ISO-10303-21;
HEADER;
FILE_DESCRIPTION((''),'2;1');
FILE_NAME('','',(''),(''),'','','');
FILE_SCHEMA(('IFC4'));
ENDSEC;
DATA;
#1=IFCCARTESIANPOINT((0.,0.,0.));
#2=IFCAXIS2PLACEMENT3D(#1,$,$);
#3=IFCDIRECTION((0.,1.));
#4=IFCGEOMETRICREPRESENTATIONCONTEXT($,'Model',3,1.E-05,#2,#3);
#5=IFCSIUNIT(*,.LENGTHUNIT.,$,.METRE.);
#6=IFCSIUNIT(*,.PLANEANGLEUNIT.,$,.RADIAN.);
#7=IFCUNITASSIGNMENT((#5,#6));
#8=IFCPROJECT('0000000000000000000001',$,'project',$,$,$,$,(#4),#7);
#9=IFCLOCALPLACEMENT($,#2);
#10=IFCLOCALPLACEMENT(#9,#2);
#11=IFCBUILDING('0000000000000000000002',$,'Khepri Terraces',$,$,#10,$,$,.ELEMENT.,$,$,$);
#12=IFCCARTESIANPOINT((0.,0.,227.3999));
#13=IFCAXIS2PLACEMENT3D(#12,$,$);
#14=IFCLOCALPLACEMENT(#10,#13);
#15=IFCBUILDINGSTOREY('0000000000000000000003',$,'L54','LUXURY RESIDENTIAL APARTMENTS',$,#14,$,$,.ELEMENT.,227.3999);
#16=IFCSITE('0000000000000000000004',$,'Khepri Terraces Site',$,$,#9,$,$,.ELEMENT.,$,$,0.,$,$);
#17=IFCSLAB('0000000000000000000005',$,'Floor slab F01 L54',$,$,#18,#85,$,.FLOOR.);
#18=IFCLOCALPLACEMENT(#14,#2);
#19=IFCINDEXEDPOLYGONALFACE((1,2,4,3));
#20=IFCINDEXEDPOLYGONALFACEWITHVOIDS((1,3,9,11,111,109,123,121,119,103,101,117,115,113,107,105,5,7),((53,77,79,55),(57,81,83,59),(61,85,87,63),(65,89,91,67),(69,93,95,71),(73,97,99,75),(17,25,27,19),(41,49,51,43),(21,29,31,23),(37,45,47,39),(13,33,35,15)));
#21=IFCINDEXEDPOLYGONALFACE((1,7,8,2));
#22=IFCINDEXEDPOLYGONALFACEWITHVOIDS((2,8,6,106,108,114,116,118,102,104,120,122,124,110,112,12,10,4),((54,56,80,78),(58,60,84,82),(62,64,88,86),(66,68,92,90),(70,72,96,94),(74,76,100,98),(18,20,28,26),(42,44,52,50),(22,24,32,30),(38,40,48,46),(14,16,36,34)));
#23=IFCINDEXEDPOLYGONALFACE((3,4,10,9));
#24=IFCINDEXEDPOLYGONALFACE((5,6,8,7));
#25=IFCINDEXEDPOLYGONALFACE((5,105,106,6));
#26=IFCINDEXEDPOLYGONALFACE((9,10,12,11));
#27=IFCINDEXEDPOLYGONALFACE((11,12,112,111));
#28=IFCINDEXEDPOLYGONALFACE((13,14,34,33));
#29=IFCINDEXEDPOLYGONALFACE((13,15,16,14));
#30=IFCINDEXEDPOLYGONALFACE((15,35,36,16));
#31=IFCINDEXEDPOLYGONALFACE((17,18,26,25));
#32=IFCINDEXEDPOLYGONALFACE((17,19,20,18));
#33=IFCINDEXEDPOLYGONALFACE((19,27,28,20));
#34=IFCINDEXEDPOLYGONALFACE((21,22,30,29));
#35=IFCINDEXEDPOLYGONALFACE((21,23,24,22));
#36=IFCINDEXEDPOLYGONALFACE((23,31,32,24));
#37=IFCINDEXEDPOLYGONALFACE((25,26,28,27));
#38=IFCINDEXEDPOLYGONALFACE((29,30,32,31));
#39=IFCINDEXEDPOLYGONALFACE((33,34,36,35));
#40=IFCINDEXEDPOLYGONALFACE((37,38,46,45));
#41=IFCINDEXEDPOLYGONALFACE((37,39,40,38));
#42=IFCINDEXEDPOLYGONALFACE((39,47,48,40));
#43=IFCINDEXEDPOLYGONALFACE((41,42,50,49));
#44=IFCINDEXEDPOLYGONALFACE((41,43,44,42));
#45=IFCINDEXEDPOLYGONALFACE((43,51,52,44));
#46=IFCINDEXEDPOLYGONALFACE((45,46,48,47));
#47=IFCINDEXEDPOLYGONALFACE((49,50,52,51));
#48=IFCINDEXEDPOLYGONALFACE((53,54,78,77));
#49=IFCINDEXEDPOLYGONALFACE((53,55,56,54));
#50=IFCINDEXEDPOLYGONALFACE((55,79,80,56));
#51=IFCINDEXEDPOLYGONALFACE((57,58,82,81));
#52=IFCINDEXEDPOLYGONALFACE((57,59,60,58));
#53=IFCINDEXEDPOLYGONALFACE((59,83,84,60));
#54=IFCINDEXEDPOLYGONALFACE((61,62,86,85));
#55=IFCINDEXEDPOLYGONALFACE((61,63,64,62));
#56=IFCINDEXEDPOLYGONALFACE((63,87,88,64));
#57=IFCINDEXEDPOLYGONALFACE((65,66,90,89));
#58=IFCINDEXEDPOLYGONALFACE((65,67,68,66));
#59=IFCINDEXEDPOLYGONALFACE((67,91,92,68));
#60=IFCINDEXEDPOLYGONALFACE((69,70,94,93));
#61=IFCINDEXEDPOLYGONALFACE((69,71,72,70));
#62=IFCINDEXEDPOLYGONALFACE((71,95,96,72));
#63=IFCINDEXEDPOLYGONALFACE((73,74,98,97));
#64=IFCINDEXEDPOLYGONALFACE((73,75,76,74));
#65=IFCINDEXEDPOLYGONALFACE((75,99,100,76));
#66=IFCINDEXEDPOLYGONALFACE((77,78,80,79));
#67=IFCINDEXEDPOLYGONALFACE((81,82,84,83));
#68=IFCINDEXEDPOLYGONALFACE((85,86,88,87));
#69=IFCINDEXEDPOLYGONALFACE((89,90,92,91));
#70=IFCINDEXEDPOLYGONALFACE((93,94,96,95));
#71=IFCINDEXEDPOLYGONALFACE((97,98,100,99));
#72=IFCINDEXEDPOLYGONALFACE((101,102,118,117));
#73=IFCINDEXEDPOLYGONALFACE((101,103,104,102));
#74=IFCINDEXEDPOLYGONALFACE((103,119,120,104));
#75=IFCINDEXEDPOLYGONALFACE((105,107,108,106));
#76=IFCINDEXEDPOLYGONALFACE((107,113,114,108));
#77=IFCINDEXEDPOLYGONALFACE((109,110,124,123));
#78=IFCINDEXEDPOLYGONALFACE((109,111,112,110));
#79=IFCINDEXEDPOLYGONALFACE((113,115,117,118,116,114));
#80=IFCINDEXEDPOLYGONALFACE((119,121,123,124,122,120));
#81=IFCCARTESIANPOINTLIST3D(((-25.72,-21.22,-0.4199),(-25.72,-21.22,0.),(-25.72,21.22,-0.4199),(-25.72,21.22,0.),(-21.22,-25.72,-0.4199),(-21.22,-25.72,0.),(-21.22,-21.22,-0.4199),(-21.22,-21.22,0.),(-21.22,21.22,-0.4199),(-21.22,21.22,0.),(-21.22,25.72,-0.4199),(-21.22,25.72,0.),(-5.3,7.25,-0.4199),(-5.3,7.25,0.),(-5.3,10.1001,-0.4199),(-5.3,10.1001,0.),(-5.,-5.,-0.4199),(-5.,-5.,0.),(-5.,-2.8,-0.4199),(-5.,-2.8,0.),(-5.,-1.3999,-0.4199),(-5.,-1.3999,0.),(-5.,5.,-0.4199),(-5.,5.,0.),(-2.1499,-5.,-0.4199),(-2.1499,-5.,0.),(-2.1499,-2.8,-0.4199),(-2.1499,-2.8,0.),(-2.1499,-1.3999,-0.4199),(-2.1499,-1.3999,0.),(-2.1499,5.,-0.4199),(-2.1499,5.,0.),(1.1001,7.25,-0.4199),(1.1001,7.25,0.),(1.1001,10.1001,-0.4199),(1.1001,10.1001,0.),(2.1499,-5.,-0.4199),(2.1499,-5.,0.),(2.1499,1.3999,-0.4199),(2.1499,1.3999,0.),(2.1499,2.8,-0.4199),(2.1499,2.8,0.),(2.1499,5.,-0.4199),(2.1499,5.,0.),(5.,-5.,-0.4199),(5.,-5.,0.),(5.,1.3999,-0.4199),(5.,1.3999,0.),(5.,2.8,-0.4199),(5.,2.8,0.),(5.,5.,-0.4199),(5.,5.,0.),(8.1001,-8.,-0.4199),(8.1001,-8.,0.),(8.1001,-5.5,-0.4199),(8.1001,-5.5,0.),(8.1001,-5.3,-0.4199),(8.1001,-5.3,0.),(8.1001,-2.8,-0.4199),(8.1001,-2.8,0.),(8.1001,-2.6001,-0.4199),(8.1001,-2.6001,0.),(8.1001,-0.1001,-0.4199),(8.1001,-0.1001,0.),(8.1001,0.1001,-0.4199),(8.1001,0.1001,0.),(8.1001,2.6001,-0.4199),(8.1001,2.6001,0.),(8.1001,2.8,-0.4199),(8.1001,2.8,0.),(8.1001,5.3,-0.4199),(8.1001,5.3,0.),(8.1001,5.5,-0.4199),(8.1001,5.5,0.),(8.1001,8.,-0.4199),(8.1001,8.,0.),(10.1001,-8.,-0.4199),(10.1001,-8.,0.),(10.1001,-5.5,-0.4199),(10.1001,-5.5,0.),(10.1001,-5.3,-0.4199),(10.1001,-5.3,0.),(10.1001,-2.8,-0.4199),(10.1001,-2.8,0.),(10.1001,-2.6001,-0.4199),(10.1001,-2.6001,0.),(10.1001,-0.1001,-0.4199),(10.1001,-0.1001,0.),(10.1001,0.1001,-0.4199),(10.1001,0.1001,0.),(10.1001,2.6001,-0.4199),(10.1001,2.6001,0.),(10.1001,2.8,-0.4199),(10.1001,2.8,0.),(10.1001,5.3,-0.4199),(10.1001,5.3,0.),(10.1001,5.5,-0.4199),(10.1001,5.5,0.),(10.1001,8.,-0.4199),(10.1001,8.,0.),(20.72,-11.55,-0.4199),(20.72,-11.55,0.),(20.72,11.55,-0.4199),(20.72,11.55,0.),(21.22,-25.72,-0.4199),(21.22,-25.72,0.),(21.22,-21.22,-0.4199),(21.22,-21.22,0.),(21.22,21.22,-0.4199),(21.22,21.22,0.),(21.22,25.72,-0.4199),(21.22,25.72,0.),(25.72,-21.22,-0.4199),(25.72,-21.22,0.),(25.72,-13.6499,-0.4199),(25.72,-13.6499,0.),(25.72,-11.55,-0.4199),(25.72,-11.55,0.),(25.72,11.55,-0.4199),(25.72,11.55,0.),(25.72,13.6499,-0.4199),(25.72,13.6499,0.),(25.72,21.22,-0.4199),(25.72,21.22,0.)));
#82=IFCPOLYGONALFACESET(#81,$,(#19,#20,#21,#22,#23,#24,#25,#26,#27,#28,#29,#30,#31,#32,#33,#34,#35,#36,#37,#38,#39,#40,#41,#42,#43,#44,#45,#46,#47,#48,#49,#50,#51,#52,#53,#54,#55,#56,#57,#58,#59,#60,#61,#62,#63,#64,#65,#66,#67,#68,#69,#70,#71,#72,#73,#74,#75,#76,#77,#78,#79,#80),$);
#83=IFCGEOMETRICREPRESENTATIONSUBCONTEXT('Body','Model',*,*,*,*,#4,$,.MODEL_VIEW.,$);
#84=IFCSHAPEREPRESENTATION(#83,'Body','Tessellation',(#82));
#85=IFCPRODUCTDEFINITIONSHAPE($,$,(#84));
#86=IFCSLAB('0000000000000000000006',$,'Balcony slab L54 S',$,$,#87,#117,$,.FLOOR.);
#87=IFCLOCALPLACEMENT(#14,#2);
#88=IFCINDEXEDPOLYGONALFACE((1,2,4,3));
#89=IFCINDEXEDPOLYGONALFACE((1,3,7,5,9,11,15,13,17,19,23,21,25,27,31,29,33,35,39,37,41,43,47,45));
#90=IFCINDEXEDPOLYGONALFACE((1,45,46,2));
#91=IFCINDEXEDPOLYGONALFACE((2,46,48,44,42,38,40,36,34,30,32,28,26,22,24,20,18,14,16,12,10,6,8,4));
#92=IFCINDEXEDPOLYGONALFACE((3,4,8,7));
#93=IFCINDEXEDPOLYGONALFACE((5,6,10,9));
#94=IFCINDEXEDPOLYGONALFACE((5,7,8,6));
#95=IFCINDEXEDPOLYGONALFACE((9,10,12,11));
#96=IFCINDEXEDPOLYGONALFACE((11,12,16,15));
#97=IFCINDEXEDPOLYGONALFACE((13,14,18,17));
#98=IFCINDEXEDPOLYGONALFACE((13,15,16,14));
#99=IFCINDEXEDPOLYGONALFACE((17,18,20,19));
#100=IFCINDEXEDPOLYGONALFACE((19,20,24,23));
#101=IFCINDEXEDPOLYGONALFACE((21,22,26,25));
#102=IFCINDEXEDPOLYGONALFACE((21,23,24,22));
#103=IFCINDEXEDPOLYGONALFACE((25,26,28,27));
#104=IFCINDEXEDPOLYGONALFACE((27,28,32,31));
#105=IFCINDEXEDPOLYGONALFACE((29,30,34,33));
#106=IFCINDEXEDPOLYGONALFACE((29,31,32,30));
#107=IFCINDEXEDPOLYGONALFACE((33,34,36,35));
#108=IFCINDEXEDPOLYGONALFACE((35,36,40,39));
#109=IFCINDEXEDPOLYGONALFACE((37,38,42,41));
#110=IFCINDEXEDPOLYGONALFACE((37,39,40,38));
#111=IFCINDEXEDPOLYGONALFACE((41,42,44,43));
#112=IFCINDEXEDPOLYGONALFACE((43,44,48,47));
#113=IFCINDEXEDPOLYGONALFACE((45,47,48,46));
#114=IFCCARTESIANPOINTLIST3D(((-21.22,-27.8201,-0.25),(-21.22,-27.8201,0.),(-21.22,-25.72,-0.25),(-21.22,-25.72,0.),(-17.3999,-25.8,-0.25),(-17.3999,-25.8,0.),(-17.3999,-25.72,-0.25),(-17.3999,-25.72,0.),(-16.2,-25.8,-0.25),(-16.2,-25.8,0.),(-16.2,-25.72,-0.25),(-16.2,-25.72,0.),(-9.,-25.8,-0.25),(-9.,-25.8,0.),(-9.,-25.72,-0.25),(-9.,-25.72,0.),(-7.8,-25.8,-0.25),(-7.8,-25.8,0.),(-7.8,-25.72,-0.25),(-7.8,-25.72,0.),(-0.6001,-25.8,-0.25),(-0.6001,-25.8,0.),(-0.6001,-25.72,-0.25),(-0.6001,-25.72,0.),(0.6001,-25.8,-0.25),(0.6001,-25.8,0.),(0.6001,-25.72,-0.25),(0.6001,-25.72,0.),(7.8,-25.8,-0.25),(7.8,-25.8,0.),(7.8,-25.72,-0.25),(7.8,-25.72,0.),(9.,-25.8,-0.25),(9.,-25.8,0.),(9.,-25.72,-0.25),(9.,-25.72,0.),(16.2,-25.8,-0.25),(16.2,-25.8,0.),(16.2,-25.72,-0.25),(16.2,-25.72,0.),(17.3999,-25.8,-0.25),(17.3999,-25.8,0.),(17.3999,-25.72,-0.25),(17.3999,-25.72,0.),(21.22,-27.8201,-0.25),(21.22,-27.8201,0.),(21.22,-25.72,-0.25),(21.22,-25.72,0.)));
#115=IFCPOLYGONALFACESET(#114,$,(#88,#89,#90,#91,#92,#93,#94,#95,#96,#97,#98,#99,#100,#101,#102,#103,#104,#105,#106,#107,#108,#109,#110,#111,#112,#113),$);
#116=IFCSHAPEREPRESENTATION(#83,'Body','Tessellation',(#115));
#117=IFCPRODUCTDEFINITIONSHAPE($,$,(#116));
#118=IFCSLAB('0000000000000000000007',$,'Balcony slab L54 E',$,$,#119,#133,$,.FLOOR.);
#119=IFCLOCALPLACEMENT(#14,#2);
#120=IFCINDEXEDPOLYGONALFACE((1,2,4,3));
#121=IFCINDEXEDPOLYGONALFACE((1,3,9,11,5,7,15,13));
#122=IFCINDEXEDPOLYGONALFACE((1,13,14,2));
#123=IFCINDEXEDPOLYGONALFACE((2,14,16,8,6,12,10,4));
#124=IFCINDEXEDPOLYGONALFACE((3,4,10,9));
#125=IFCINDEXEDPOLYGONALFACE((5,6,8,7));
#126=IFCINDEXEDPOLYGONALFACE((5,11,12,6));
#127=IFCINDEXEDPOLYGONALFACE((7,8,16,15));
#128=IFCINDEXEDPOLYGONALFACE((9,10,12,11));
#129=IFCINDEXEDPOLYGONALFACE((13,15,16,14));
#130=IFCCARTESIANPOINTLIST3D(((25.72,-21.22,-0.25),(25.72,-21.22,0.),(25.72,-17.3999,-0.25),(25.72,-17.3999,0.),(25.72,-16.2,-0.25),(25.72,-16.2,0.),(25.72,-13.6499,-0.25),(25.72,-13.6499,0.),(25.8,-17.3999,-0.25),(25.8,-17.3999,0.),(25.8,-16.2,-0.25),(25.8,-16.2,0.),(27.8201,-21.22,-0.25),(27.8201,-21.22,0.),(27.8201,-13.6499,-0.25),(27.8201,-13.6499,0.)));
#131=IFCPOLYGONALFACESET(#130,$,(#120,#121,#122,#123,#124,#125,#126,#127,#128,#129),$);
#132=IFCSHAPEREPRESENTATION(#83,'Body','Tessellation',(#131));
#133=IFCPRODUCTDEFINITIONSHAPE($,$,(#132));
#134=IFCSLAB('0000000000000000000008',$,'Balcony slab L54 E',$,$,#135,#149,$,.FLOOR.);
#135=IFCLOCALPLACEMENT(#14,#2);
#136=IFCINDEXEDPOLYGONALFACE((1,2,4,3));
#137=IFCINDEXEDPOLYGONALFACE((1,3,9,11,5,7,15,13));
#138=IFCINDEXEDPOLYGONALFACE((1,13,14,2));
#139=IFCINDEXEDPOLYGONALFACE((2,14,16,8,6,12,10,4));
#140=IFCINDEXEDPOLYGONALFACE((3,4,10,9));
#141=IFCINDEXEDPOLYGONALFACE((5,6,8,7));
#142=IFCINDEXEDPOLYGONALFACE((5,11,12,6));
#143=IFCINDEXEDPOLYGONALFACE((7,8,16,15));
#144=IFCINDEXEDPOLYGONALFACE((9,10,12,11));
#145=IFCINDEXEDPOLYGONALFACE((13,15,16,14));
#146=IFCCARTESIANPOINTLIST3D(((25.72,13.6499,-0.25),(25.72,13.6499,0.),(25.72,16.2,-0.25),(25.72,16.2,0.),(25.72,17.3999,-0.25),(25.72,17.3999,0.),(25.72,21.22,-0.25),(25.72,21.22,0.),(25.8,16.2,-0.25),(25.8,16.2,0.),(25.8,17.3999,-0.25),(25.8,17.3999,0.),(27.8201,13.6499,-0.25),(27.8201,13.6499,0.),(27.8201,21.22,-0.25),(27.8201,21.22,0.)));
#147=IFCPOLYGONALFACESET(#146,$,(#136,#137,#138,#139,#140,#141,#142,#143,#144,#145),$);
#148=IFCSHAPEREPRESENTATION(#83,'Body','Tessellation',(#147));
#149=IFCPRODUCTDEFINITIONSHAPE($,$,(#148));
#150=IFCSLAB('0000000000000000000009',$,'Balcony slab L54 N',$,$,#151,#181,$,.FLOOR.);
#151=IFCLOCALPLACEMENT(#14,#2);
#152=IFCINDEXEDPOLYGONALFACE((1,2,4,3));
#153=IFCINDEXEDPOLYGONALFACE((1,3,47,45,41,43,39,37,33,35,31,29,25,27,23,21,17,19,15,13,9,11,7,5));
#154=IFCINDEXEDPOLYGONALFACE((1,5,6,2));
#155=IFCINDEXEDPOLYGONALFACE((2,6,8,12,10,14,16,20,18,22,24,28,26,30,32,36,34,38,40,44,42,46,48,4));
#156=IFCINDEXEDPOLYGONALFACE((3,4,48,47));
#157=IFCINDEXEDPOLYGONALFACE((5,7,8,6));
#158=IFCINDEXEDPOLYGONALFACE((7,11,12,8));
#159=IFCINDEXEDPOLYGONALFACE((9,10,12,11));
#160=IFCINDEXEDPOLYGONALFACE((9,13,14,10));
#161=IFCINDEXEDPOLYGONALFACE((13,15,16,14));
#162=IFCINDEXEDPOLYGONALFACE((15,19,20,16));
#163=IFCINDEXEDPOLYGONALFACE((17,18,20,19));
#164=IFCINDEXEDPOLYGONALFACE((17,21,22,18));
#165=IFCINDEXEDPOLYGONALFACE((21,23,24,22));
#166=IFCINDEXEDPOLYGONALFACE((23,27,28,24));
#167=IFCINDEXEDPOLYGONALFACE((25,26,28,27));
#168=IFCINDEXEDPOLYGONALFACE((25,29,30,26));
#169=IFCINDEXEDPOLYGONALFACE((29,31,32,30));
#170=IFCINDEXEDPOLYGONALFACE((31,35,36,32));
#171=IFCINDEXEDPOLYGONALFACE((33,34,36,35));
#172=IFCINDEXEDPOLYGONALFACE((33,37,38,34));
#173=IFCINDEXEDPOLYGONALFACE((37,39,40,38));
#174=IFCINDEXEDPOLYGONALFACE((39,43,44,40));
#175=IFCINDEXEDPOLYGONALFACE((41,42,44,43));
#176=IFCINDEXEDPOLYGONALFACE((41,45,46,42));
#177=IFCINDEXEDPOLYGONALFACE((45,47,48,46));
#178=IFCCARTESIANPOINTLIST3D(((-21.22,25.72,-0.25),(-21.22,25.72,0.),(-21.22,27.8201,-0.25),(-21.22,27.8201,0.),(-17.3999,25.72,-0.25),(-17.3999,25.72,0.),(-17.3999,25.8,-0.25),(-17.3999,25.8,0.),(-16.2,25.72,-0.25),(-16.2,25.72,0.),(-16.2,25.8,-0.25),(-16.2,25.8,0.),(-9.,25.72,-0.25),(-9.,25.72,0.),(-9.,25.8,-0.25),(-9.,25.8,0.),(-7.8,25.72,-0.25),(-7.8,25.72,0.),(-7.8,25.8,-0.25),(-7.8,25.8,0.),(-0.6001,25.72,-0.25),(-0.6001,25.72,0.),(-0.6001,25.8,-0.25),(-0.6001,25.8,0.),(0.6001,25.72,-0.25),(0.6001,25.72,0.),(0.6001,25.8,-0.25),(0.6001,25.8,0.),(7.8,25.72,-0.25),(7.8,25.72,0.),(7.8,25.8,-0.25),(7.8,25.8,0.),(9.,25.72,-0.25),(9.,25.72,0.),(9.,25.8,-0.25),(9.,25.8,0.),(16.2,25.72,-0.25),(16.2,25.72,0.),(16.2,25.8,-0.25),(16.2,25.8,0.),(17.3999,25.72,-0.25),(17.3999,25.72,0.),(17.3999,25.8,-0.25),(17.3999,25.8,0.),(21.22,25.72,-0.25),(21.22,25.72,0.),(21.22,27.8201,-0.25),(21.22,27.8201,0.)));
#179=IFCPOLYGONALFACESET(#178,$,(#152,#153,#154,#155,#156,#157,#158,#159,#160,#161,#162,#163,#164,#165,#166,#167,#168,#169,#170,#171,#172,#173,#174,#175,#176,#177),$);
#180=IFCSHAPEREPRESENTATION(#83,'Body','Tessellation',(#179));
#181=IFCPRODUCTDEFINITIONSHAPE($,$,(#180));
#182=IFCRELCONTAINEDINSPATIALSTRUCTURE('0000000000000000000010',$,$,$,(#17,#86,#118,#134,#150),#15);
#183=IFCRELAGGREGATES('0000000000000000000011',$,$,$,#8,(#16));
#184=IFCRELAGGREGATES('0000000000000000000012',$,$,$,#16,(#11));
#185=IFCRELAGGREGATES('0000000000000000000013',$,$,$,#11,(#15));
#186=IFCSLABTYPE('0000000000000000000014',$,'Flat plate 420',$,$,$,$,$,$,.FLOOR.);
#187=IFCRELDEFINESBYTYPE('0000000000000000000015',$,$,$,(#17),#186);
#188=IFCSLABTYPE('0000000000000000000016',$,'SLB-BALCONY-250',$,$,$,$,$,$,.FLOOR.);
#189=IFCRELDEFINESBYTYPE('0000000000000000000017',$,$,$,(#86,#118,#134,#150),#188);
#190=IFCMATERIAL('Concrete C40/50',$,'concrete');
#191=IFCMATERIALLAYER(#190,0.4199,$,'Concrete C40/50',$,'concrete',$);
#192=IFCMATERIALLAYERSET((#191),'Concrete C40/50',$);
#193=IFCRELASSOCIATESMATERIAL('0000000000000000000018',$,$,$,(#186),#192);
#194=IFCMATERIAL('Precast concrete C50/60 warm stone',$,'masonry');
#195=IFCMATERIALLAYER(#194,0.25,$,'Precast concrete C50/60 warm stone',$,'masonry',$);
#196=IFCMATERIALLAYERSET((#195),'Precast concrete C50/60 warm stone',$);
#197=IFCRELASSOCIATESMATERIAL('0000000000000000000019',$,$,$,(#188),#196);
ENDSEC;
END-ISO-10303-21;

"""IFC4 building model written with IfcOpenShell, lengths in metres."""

from ifc_helpers import new_model, si_unit, direction, frame, origin, place, context, subcontext, project, spatial, polyline, outline, extrude, material, layer, layer_set, type_object, element, save


model = new_model("IFC4")

# Units and contexts
model_context = context("Model", 3, precision=1e-05, world=origin(), true_north=direction((0.0, 1.0)))
body_context = subcontext(model_context, "Body", "Model", "MODEL_VIEW")
ifc_project = project(units=[si_unit("LENGTHUNIT", "METRE"), si_unit("PLANEANGLEUNIT", "RADIAN")], contexts=[model_context])

# Site, building, storey
site_placement = place(None, origin())
site = spatial("IfcSite", under=ifc_project, at=site_placement, Name="Khepri Terraces Site", CompositionType="ELEMENT", RefElevation=0.0)
building_placement = place(site_placement, origin())
building = spatial("IfcBuilding", under=site, at=building_placement, Name="Khepri Terraces", CompositionType="ELEMENT")
storey_placement = place(building_placement, frame((0.0, 0.0, 227.3999)))
storey = spatial("IfcBuildingStorey", under=building, at=storey_placement, Name="L54", Description="LUXURY RESIDENTIAL APARTMENTS", CompositionType="ELEMENT", Elevation=227.3999)

# Slabs
ifc_material_1 = material(Name="Concrete C40/50", Category="concrete")
ifc_layer_1 = layer(ifc_material_1, 0.4199, Name="Concrete C40/50", Category="concrete")
ifc_layer_set_1 = layer_set([ifc_layer_1], Name="Concrete C40/50")
slab_type_1 = type_object("IfcSlabType", Name="Flat plate 420", PredefinedType="FLOOR", material=ifc_layer_set_1)
slab_1_placement = place(storey_placement, frame((0.0, 0.0, -0.4199)))
element("IfcSlab", 1, at=slab_1_placement, inside=storey, type_object=slab_type_1, Name="Floor slab F01 L54", PredefinedType="FLOOR", context=body_context, shape_type="SweptSolid", body=[
    extrude(outline(polyline([(21.22, 25.72), (21.22, 21.22), (25.72, 21.22), (25.72, 13.6499), (25.72, 11.55), (20.72, 11.55), (20.72, -11.55), (25.72, -11.55), (25.72, -13.6499), (25.72, -21.22), (21.22, -21.22), (21.22, -25.72), (-21.22, -25.72), (-21.22, -21.22), (-25.72, -21.22), (-25.72, 21.22), (-21.22, 21.22), (-21.22, 25.72), (21.22, 25.72)]), holes=[polyline([(2.1499, 2.8), (5.0, 2.8), (5.0, 5.0), (2.1499, 5.0), (2.1499, 2.8)]), polyline([(-5.0, -2.8), (-5.0, -5.0), (-2.1499, -5.0), (-2.1499, -2.8), (-5.0, -2.8)]), polyline([(10.1001, -5.5), (8.1001, -5.5), (8.1001, -8.0), (10.1001, -8.0), (10.1001, -5.5)]), polyline([(10.1001, -5.3), (10.1001, -2.8), (8.1001, -2.8), (8.1001, -5.3), (10.1001, -5.3)]), polyline([(8.1001, -2.6001), (10.1001, -2.6001), (10.1001, -0.1001), (8.1001, -0.1001), (8.1001, -2.6001)]), polyline([(8.1001, 2.6001), (8.1001, 0.1001), (10.1001, 0.1001), (10.1001, 2.6001), (8.1001, 2.6001)]), polyline([(10.1001, 5.3), (8.1001, 5.3), (8.1001, 2.8), (10.1001, 2.8), (10.1001, 5.3)]), polyline([(10.1001, 5.5), (10.1001, 8.0), (8.1001, 8.0), (8.1001, 5.5), (10.1001, 5.5)]), polyline([(-5.0, -1.3999), (-2.1499, -1.3999), (-2.1499, 5.0), (-5.0, 5.0), (-5.0, -1.3999)]), polyline([(5.0, -5.0), (5.0, 1.3999), (2.1499, 1.3999), (2.1499, -5.0), (5.0, -5.0)]), polyline([(-5.3, 10.1001), (-5.3, 7.25), (1.1001, 7.25), (1.1001, 10.1001), (-5.3, 10.1001)])]), origin(), (0.0, 0.0, 1.0), 0.4199),
])
ifc_material_2 = material(Name="Precast concrete C50/60 warm stone", Category="masonry")
ifc_layer_2 = layer(ifc_material_2, 0.25, Name="Precast concrete C50/60 warm stone", Category="masonry")
ifc_layer_set_2 = layer_set([ifc_layer_2], Name="Precast concrete C50/60 warm stone")
slab_type_2 = type_object("IfcSlabType", Name="SLB-BALCONY-250", PredefinedType="FLOOR", material=ifc_layer_set_2)
slab_2_placement = place(storey_placement, frame((0.0, 0.0, -0.25)))
element("IfcSlab", 2, at=slab_2_placement, inside=storey, type_object=slab_type_2, Name="Balcony slab L54 S", PredefinedType="FLOOR", context=body_context, shape_type="SweptSolid", body=[
    extrude(outline(polyline([(-17.3999, -25.72), (-21.22, -25.72), (-21.22, -27.8201), (21.22, -27.8201), (21.22, -25.72), (17.3999, -25.72), (17.3999, -25.8), (16.2, -25.8), (16.2, -25.72), (9.0, -25.72), (9.0, -25.8), (7.8, -25.8), (7.8, -25.72), (0.6001, -25.72), (0.6001, -25.8), (-0.6001, -25.8), (-0.6001, -25.72), (-7.8, -25.72), (-7.8, -25.8), (-9.0, -25.8), (-9.0, -25.72), (-16.2, -25.72), (-16.2, -25.8), (-17.3999, -25.8), (-17.3999, -25.72)])), origin(), (0.0, 0.0, 1.0), 0.25),
])
slab_3_placement = place(storey_placement, frame((0.0, 0.0, -0.25)))
element("IfcSlab", 3, at=slab_3_placement, inside=storey, type_object=slab_type_2, Name="Balcony slab L54 E", PredefinedType="FLOOR", context=body_context, shape_type="SweptSolid", body=[
    extrude(outline(polyline([(25.72, -17.3999), (25.72, -21.22), (27.8201, -21.22), (27.8201, -13.6499), (25.72, -13.6499), (25.72, -16.2), (25.8, -16.2), (25.8, -17.3999), (25.72, -17.3999)])), origin(), (0.0, 0.0, 1.0), 0.25),
])
slab_4_placement = place(storey_placement, frame((0.0, 0.0, -0.25)))
element("IfcSlab", 4, at=slab_4_placement, inside=storey, type_object=slab_type_2, Name="Balcony slab L54 E", PredefinedType="FLOOR", context=body_context, shape_type="SweptSolid", body=[
    extrude(outline(polyline([(25.72, 16.2), (25.72, 13.6499), (27.8201, 13.6499), (27.8201, 21.22), (25.72, 21.22), (25.72, 17.3999), (25.8, 17.3999), (25.8, 16.2), (25.72, 16.2)])), origin(), (0.0, 0.0, 1.0), 0.25),
])
slab_5_placement = place(storey_placement, frame((0.0, 0.0, -0.25)))
element("IfcSlab", 5, at=slab_5_placement, inside=storey, type_object=slab_type_2, Name="Balcony slab L54 N", PredefinedType="FLOOR", context=body_context, shape_type="SweptSolid", body=[
    extrude(outline(polyline([(17.3999, 25.72), (21.22, 25.72), (21.22, 27.8201), (-21.22, 27.8201), (-21.22, 25.72), (-17.3999, 25.72), (-17.3999, 25.8), (-16.2, 25.8), (-16.2, 25.72), (-9.0, 25.72), (-9.0, 25.8), (-7.8, 25.8), (-7.8, 25.72), (-0.6001, 25.72), (-0.6001, 25.8), (0.6001, 25.8), (0.6001, 25.72), (7.8, 25.72), (7.8, 25.8), (9.0, 25.8), (9.0, 25.72), (16.2, 25.72), (16.2, 25.8), (17.3999, 25.8), (17.3999, 25.72)])), origin(), (0.0, 0.0, 1.0), 0.25),
])

save(model, "model.ifc")
